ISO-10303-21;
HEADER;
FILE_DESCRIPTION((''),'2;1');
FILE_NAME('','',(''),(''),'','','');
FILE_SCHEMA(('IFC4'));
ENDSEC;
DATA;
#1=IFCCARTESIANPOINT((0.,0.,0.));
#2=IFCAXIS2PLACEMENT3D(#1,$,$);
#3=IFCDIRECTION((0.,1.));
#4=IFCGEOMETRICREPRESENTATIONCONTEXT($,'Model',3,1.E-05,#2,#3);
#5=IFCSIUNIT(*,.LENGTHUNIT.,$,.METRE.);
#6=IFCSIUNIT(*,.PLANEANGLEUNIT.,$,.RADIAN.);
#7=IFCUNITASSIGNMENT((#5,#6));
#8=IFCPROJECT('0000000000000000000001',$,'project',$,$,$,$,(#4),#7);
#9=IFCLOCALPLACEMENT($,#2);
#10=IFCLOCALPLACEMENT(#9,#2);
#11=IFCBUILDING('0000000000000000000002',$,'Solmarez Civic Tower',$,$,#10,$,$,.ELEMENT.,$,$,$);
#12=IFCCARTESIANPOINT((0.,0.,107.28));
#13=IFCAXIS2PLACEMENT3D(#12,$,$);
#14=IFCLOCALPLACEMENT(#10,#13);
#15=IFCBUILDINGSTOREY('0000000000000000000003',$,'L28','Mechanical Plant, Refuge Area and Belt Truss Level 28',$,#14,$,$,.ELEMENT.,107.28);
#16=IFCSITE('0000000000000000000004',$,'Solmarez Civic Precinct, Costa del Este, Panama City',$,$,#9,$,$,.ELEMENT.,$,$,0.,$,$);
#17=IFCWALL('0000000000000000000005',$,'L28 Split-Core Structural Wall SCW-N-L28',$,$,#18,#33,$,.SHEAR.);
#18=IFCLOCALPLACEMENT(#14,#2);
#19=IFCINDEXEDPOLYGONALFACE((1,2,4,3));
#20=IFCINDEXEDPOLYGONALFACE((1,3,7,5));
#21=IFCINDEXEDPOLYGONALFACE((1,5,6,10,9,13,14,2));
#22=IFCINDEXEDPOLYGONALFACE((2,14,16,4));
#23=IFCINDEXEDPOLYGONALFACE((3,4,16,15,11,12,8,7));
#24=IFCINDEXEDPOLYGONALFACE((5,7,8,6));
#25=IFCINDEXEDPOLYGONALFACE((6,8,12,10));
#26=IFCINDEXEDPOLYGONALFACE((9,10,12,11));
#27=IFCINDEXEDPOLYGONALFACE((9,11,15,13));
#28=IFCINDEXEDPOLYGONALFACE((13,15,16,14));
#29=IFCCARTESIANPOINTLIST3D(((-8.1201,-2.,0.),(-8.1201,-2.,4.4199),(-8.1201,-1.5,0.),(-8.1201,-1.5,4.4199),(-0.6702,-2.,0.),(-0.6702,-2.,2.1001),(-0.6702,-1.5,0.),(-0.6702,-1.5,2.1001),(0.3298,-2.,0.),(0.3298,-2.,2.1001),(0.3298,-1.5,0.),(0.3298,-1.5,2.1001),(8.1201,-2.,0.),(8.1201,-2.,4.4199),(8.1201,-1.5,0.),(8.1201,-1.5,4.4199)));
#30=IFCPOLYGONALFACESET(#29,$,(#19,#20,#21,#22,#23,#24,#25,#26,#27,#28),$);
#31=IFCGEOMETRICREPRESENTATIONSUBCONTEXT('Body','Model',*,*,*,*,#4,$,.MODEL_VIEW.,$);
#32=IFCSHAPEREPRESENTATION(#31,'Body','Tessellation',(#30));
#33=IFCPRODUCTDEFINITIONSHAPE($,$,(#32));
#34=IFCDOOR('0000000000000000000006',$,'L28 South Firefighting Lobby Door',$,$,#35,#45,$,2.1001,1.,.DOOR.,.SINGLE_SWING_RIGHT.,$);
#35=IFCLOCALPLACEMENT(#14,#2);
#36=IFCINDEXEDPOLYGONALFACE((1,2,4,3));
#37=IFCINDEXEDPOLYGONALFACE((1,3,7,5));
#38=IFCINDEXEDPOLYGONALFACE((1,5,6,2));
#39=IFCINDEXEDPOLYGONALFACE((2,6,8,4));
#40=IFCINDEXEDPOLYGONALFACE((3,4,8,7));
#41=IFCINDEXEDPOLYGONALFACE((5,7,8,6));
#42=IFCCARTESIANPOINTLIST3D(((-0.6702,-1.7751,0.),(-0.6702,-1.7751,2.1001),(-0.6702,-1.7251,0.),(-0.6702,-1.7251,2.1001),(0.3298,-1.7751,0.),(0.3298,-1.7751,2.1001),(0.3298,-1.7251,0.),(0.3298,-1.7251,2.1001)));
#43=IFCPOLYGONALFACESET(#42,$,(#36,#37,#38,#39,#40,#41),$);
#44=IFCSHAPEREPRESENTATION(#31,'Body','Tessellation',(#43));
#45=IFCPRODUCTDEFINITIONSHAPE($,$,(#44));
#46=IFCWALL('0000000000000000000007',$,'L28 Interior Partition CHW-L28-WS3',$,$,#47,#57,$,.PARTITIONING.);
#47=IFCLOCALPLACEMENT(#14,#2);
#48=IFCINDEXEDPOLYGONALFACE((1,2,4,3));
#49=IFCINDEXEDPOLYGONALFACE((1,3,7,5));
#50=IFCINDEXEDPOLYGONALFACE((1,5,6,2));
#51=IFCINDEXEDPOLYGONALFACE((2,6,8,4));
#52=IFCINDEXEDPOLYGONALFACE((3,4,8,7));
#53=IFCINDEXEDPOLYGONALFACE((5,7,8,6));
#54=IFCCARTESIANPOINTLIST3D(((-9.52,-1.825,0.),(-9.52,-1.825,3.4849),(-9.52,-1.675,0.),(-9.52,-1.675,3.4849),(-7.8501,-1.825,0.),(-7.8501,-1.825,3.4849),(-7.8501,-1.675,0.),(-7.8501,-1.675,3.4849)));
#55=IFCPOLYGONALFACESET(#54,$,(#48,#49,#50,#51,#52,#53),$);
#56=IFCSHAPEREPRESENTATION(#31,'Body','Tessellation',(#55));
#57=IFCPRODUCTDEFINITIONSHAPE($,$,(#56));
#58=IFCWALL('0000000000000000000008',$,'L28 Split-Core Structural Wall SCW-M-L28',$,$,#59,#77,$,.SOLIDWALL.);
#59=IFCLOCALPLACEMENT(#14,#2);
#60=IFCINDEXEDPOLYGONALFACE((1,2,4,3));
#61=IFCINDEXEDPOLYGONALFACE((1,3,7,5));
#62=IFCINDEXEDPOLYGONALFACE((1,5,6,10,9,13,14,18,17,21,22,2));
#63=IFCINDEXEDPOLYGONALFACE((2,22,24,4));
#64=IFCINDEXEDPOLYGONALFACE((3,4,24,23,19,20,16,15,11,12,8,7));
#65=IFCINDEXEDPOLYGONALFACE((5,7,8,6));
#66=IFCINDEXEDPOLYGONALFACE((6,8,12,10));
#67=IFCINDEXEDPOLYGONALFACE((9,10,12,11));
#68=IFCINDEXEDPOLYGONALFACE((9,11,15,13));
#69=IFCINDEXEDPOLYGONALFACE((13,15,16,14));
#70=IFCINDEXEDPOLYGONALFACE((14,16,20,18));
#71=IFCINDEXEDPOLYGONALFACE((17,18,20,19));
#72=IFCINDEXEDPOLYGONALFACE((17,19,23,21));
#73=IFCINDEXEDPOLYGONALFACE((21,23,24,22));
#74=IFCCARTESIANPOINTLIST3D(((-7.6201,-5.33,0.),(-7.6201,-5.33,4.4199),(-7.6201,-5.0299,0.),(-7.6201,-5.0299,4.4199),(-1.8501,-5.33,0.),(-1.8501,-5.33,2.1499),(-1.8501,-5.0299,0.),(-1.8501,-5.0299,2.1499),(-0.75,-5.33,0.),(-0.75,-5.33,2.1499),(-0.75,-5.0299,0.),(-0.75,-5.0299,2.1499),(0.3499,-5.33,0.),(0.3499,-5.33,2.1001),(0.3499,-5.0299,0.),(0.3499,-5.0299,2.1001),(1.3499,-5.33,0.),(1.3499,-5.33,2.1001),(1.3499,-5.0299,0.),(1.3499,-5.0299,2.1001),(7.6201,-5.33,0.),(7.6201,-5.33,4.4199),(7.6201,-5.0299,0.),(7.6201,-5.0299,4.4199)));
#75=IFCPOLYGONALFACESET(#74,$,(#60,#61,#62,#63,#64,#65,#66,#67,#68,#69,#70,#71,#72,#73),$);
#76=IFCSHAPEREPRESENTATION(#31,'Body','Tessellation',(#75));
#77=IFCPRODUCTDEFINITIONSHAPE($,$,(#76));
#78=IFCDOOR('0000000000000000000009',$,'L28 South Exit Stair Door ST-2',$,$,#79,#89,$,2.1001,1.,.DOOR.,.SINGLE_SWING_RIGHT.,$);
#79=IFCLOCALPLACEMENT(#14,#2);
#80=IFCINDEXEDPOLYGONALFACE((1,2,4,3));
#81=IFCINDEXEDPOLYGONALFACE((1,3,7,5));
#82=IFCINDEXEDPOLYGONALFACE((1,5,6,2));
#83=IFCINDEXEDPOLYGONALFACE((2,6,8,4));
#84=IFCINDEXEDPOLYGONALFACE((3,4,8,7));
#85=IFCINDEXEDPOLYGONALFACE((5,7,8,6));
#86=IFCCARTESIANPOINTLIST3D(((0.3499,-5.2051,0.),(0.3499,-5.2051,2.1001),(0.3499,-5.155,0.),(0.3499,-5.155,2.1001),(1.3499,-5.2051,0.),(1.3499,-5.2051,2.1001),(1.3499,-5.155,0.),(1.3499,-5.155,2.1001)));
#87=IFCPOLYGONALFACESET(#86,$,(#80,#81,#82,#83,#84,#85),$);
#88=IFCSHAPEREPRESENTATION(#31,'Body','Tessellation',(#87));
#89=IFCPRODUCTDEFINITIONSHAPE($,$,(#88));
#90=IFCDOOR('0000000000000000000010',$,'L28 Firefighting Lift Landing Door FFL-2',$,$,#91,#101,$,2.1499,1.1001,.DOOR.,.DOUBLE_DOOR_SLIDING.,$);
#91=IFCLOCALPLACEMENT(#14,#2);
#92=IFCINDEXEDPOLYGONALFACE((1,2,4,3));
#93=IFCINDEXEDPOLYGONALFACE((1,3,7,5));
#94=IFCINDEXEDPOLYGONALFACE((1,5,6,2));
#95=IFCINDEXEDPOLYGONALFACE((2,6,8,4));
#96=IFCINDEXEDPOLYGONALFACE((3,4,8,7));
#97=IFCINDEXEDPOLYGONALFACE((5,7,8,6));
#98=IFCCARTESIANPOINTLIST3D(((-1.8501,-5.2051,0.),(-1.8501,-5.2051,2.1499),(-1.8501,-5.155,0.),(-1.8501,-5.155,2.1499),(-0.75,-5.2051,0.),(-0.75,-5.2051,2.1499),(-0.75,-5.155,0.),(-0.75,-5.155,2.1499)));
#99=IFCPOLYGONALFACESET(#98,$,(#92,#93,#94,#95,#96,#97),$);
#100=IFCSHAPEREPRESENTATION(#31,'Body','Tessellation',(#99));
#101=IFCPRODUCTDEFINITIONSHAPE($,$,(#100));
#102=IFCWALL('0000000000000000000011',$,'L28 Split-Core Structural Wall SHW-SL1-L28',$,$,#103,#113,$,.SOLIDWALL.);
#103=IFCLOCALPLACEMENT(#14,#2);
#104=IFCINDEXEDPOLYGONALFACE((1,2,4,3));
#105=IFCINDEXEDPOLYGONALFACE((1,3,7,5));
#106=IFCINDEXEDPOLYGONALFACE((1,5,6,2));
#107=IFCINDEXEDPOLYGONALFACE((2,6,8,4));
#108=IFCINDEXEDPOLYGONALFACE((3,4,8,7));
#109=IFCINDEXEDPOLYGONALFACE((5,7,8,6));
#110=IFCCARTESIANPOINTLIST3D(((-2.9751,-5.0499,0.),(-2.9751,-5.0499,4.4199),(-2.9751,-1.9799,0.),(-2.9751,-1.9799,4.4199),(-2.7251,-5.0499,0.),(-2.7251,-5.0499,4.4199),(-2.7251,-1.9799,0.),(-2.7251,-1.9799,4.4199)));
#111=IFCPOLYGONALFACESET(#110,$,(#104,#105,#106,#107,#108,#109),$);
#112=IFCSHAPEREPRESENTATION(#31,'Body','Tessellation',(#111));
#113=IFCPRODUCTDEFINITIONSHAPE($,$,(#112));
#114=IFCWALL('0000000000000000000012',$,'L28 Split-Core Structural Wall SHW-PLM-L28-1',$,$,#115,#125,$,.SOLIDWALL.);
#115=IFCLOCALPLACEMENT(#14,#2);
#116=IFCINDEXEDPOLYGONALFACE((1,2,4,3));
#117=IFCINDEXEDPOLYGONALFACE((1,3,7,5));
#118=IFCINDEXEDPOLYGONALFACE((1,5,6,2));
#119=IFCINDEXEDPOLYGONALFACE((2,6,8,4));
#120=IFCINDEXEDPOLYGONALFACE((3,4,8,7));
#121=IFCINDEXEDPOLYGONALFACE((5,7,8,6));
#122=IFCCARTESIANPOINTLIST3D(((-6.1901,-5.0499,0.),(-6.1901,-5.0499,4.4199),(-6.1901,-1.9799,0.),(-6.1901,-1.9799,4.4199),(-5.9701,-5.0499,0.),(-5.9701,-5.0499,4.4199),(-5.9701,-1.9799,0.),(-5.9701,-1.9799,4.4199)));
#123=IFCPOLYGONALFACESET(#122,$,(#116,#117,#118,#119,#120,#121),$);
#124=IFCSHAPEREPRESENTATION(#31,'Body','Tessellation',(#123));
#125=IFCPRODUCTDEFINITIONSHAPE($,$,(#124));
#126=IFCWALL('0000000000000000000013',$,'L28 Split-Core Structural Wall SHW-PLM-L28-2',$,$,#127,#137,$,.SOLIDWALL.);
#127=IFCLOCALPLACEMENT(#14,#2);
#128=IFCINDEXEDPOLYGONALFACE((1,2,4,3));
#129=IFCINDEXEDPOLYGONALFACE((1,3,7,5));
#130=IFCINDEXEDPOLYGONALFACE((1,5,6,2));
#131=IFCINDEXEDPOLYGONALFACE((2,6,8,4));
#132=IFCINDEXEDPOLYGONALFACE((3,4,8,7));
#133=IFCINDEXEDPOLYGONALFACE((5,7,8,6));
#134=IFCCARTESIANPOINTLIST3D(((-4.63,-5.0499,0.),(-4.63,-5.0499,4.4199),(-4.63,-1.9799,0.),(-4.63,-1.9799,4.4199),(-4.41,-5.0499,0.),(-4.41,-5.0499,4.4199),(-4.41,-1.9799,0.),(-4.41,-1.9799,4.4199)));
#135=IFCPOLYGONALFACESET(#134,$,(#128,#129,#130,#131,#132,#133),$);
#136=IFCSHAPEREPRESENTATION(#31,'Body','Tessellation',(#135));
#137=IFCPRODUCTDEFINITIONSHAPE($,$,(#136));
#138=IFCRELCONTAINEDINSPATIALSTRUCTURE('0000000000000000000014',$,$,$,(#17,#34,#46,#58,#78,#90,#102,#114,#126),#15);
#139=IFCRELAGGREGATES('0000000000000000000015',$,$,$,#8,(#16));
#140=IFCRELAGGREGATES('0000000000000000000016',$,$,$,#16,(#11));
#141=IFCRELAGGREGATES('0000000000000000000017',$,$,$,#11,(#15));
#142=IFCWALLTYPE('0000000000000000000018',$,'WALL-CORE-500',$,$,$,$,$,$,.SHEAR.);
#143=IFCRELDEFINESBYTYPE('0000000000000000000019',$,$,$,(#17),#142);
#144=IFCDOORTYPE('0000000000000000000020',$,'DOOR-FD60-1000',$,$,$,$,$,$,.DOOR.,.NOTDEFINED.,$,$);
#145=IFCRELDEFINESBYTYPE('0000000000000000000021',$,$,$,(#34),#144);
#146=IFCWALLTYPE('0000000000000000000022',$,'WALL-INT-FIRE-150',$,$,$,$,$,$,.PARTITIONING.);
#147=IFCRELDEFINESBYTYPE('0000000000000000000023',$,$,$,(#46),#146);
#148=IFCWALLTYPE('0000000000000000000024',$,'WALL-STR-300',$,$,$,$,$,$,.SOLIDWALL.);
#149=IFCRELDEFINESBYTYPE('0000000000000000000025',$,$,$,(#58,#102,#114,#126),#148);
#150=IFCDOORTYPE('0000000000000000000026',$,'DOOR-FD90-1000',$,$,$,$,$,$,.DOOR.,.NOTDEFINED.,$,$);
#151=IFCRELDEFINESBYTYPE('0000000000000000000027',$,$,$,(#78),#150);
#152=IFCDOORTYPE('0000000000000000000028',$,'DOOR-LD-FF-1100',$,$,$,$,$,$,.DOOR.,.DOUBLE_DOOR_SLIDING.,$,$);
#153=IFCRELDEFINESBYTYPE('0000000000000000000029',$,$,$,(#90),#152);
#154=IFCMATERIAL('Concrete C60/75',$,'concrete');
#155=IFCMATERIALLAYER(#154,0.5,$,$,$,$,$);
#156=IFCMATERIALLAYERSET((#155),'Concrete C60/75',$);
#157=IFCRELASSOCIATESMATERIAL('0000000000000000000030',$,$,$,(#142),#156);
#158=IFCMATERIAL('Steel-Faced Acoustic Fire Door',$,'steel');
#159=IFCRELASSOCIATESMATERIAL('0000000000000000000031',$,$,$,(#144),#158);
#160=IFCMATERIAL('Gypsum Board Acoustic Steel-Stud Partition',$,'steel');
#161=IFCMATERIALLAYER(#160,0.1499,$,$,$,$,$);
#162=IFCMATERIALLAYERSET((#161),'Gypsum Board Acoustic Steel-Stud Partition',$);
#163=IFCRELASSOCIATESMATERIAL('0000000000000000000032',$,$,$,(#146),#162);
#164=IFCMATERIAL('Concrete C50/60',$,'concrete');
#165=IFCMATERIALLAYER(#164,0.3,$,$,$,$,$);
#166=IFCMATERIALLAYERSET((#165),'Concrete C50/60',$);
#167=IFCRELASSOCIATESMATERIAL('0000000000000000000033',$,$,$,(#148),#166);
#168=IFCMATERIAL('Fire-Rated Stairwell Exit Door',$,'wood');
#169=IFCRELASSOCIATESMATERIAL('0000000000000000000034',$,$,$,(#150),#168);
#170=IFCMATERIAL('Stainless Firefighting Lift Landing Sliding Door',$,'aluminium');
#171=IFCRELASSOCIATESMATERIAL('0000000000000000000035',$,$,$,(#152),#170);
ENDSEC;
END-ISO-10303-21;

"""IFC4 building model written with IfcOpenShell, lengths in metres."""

from ifc_helpers import new_model, si_unit, direction, frame, frame_2d, origin, place, context, subcontext, project, spatial, rectangle, extrude, material, layer, layer_set, type_object, element, fill, save


model = new_model("IFC4")

# Units and contexts
model_context = context("Model", 3, precision=1e-05, world=origin(), true_north=direction((0.0, 1.0)))
body_context = subcontext(model_context, "Body", "Model", "MODEL_VIEW")
ifc_project = project(units=[si_unit("LENGTHUNIT", "METRE"), si_unit("PLANEANGLEUNIT", "RADIAN")], contexts=[model_context])

# Site, building, storey
site_placement = place(None, origin())
site = spatial("IfcSite", under=ifc_project, at=site_placement, Name="Solmarez Civic Precinct, Costa del Este, Panama City", CompositionType="ELEMENT", RefElevation=0.0)
building_placement = place(site_placement, origin())
building = spatial("IfcBuilding", under=site, at=building_placement, Name="Solmarez Civic Tower", CompositionType="ELEMENT")
storey_placement = place(building_placement, frame((0.0, 0.0, 107.28)))
storey = spatial("IfcBuildingStorey", under=building, at=storey_placement, Name="L28", Description="Mechanical Plant, Refuge Area and Belt Truss Level 28", CompositionType="ELEMENT", Elevation=107.28)

# Shared definitions
ifc_material_1 = material(Name="Concrete C60/75", Category="concrete")

# Wall, opening, door
ifc_layer_1 = layer(ifc_material_1, 0.5)
ifc_layer_set_1 = layer_set([ifc_layer_1], Name="Concrete C60/75")
wall_type_1 = type_object("IfcWallType", Name="WALL-CORE-500", PredefinedType="SHEAR", material=ifc_layer_set_1)
wall_1_placement = place(storey_placement, frame((-8.1201, -1.75, 0.0), z_axis=(0.0, 0.0, 1.0), x_axis=(1.0, 0.0, 0.0)))
wall_1 = element("IfcWall", 1, at=wall_1_placement, inside=storey, type_object=wall_type_1, Name="L28 Split-Core Structural Wall SCW-N-L28", PredefinedType="SHEAR", context=body_context, shape_type="SweptSolid", body=[
    extrude(rectangle(XDim=16.2402, YDim=0.5, at=frame_2d((8.1201, 0.0))), origin(), (0.0, 0.0, 1.0), 4.4199),
])
opening_1_placement = place(wall_1_placement, frame((7.45, 0.0, 0.0)))
opening_1 = element("IfcOpeningElement", 2, at=opening_1_placement, cuts=wall_1, PredefinedType="OPENING", context=body_context, shape_type="SweptSolid", body=[
    extrude(rectangle(XDim=1.0, YDim=2.1001, at=frame_2d((0.5, 1.05))), frame((0.0, 0.26, 0.0), z_axis=(0.0, -1.0, 0.0), x_axis=(1.0, 0.0, 0.0)), (0.0, 0.0, 1.0), 0.52),
])
ifc_material_2 = material(Name="Steel-Faced Acoustic Fire Door", Category="steel")
door_type_1 = type_object("IfcDoorType", Name="DOOR-FD60-1000", OperationType="NOTDEFINED", PredefinedType="DOOR", material=ifc_material_2)
door_1_placement = place(opening_1_placement, origin())
door_1 = element("IfcDoor", 3, at=door_1_placement, inside=storey, type_object=door_type_1, Name="L28 South Firefighting Lobby Door", OperationType="SINGLE_SWING_RIGHT", OverallHeight=2.1001, OverallWidth=1.0, PredefinedType="DOOR", context=body_context, shape_type="SweptSolid", body=[
    extrude(rectangle(XDim=1.0, YDim=2.1001, at=frame_2d((0.5, 1.05))), frame((0.0, 0.0249, 0.0), z_axis=(0.0, -1.0, 0.0), x_axis=(1.0, 0.0, 0.0)), (0.0, 0.0, 1.0), 0.05),
])
fill(opening_1, door_1)

# Wall
ifc_material_3 = material(Name="Gypsum Board Acoustic Steel-Stud Partition", Category="steel")
ifc_layer_2 = layer(ifc_material_3, 0.1499)
ifc_layer_set_2 = layer_set([ifc_layer_2], Name="Gypsum Board Acoustic Steel-Stud Partition")
wall_type_2 = type_object("IfcWallType", Name="WALL-INT-FIRE-150", PredefinedType="PARTITIONING", material=ifc_layer_set_2)
wall_2_placement = place(storey_placement, frame((-7.8501, -1.75, 0.0), z_axis=(0.0, 0.0, 1.0), x_axis=(-1.0, 0.0, 0.0)))
element("IfcWall", 4, at=wall_2_placement, inside=storey, type_object=wall_type_2, Name="L28 Interior Partition CHW-L28-WS3", PredefinedType="PARTITIONING", context=body_context, shape_type="SweptSolid", body=[
    extrude(rectangle(XDim=1.6699, YDim=0.1499, at=frame_2d((0.835, 0.0))), origin(), (0.0, 0.0, 1.0), 3.4849),
])

# Wall, openings, doors
ifc_material_4 = material(Name="Concrete C50/60", Category="concrete")
ifc_layer_3 = layer(ifc_material_4, 0.3)
ifc_layer_set_3 = layer_set([ifc_layer_3], Name="Concrete C50/60")
wall_type_3 = type_object("IfcWallType", Name="WALL-STR-300", PredefinedType="SOLIDWALL", material=ifc_layer_set_3)
wall_3_placement = place(storey_placement, frame((-7.6201, -5.1799, 0.0), z_axis=(0.0, 0.0, 1.0), x_axis=(1.0, 0.0, 0.0)))
wall_3 = element("IfcWall", 5, at=wall_3_placement, inside=storey, type_object=wall_type_3, Name="L28 Split-Core Structural Wall SCW-M-L28", PredefinedType="SOLIDWALL", context=body_context, shape_type="SweptSolid", body=[
    extrude(rectangle(XDim=15.2402, YDim=0.3, at=frame_2d((7.6201, 0.0))), origin(), (0.0, 0.0, 1.0), 4.4199),
])
opening_2_placement = place(wall_3_placement, frame((5.77, 0.0, 0.0)))
opening_2 = element("IfcOpeningElement", 6, at=opening_2_placement, cuts=wall_3, PredefinedType="OPENING", context=body_context, shape_type="SweptSolid", body=[
    extrude(rectangle(XDim=1.1001, YDim=2.1499, at=frame_2d((0.55, 1.075))), frame((0.0, 0.1599, 0.0), z_axis=(0.0, -1.0, 0.0), x_axis=(1.0, 0.0, 0.0)), (0.0, 0.0, 1.0), 0.3201),
])
opening_3_placement = place(wall_3_placement, frame((7.97, 0.0, 0.0)))
opening_3 = element("IfcOpeningElement", 7, at=opening_3_placement, cuts=wall_3, PredefinedType="OPENING", context=body_context, shape_type="SweptSolid", body=[
    extrude(rectangle(XDim=1.0, YDim=2.1001, at=frame_2d((0.5, 1.05))), frame((0.0, 0.1599, 0.0), z_axis=(0.0, -1.0, 0.0), x_axis=(1.0, 0.0, 0.0)), (0.0, 0.0, 1.0), 0.3201),
])
ifc_material_5 = material(Name="Fire-Rated Stairwell Exit Door", Category="wood")
door_type_2 = type_object("IfcDoorType", Name="DOOR-FD90-1000", OperationType="NOTDEFINED", PredefinedType="DOOR", material=ifc_material_5)
door_2_placement = place(opening_3_placement, origin())
door_2 = element("IfcDoor", 8, at=door_2_placement, inside=storey, type_object=door_type_2, Name="L28 South Exit Stair Door ST-2", OperationType="SINGLE_SWING_RIGHT", OverallHeight=2.1001, OverallWidth=1.0, PredefinedType="DOOR", context=body_context, shape_type="SweptSolid", body=[
    extrude(rectangle(XDim=1.0, YDim=2.1001, at=frame_2d((0.5, 1.05))), frame((0.0, 0.0249, 0.0), z_axis=(0.0, -1.0, 0.0), x_axis=(1.0, 0.0, 0.0)), (0.0, 0.0, 1.0), 0.05),
])
fill(opening_3, door_2)
ifc_material_6 = material(Name="Stainless Firefighting Lift Landing Sliding Door", Category="aluminium")
door_type_3 = type_object("IfcDoorType", Name="DOOR-LD-FF-1100", OperationType="DOUBLE_DOOR_SLIDING", PredefinedType="DOOR", material=ifc_material_6)
door_3_placement = place(opening_2_placement, origin())
door_3 = element("IfcDoor", 9, at=door_3_placement, inside=storey, type_object=door_type_3, Name="L28 Firefighting Lift Landing Door FFL-2", OperationType="DOUBLE_DOOR_SLIDING", OverallHeight=2.1499, OverallWidth=1.1001, PredefinedType="DOOR", context=body_context, shape_type="SweptSolid", body=[
    extrude(rectangle(XDim=1.1001, YDim=2.1499, at=frame_2d((0.55, 1.075))), frame((0.0, 0.0249, 0.0), z_axis=(0.0, -1.0, 0.0), x_axis=(1.0, 0.0, 0.0)), (0.0, 0.0, 1.0), 0.05),
])
fill(opening_2, door_3)

# Walls
wall_4_placement = place(storey_placement, frame((-2.8501, -5.05, 0.0), z_axis=(0.0, 0.0, 1.0), x_axis=(0.0, 1.0, 0.0)))
element("IfcWall", 10, at=wall_4_placement, inside=storey, type_object=wall_type_3, Name="L28 Split-Core Structural Wall SHW-SL1-L28", PredefinedType="SOLIDWALL", context=body_context, shape_type="SweptSolid", body=[
    extrude(rectangle(XDim=3.0701, YDim=0.25, at=frame_2d((1.5352, 0.0))), origin(), (0.0, 0.0, 1.0), 4.4199),
])
for number, where, z_axis, x_axis, name in (
    (11, (-6.0801, -5.05, 0.0), (0.0, 0.0, 1.0), (0.0, 1.0, 0.0), "L28 Split-Core Structural Wall SHW-PLM-L28-1"),
    (12, (-4.52, -5.05, 0.0), (0.0, 0.0, 1.0), (0.0, 1.0, 0.0), "L28 Split-Core Structural Wall SHW-PLM-L28-2"),
):
    element("IfcWall", number, at=place(storey_placement, frame(where, z_axis=z_axis, x_axis=x_axis)), inside=storey, type_object=wall_type_3, Name=name, PredefinedType="SOLIDWALL", context=body_context, shape_type="SweptSolid", body=[
        extrude(rectangle(XDim=3.0701, YDim=0.22, at=frame_2d((1.5352, 0.0))), origin(), (0.0, 0.0, 1.0), 4.4199),
    ])

save(model, "model.ifc")
